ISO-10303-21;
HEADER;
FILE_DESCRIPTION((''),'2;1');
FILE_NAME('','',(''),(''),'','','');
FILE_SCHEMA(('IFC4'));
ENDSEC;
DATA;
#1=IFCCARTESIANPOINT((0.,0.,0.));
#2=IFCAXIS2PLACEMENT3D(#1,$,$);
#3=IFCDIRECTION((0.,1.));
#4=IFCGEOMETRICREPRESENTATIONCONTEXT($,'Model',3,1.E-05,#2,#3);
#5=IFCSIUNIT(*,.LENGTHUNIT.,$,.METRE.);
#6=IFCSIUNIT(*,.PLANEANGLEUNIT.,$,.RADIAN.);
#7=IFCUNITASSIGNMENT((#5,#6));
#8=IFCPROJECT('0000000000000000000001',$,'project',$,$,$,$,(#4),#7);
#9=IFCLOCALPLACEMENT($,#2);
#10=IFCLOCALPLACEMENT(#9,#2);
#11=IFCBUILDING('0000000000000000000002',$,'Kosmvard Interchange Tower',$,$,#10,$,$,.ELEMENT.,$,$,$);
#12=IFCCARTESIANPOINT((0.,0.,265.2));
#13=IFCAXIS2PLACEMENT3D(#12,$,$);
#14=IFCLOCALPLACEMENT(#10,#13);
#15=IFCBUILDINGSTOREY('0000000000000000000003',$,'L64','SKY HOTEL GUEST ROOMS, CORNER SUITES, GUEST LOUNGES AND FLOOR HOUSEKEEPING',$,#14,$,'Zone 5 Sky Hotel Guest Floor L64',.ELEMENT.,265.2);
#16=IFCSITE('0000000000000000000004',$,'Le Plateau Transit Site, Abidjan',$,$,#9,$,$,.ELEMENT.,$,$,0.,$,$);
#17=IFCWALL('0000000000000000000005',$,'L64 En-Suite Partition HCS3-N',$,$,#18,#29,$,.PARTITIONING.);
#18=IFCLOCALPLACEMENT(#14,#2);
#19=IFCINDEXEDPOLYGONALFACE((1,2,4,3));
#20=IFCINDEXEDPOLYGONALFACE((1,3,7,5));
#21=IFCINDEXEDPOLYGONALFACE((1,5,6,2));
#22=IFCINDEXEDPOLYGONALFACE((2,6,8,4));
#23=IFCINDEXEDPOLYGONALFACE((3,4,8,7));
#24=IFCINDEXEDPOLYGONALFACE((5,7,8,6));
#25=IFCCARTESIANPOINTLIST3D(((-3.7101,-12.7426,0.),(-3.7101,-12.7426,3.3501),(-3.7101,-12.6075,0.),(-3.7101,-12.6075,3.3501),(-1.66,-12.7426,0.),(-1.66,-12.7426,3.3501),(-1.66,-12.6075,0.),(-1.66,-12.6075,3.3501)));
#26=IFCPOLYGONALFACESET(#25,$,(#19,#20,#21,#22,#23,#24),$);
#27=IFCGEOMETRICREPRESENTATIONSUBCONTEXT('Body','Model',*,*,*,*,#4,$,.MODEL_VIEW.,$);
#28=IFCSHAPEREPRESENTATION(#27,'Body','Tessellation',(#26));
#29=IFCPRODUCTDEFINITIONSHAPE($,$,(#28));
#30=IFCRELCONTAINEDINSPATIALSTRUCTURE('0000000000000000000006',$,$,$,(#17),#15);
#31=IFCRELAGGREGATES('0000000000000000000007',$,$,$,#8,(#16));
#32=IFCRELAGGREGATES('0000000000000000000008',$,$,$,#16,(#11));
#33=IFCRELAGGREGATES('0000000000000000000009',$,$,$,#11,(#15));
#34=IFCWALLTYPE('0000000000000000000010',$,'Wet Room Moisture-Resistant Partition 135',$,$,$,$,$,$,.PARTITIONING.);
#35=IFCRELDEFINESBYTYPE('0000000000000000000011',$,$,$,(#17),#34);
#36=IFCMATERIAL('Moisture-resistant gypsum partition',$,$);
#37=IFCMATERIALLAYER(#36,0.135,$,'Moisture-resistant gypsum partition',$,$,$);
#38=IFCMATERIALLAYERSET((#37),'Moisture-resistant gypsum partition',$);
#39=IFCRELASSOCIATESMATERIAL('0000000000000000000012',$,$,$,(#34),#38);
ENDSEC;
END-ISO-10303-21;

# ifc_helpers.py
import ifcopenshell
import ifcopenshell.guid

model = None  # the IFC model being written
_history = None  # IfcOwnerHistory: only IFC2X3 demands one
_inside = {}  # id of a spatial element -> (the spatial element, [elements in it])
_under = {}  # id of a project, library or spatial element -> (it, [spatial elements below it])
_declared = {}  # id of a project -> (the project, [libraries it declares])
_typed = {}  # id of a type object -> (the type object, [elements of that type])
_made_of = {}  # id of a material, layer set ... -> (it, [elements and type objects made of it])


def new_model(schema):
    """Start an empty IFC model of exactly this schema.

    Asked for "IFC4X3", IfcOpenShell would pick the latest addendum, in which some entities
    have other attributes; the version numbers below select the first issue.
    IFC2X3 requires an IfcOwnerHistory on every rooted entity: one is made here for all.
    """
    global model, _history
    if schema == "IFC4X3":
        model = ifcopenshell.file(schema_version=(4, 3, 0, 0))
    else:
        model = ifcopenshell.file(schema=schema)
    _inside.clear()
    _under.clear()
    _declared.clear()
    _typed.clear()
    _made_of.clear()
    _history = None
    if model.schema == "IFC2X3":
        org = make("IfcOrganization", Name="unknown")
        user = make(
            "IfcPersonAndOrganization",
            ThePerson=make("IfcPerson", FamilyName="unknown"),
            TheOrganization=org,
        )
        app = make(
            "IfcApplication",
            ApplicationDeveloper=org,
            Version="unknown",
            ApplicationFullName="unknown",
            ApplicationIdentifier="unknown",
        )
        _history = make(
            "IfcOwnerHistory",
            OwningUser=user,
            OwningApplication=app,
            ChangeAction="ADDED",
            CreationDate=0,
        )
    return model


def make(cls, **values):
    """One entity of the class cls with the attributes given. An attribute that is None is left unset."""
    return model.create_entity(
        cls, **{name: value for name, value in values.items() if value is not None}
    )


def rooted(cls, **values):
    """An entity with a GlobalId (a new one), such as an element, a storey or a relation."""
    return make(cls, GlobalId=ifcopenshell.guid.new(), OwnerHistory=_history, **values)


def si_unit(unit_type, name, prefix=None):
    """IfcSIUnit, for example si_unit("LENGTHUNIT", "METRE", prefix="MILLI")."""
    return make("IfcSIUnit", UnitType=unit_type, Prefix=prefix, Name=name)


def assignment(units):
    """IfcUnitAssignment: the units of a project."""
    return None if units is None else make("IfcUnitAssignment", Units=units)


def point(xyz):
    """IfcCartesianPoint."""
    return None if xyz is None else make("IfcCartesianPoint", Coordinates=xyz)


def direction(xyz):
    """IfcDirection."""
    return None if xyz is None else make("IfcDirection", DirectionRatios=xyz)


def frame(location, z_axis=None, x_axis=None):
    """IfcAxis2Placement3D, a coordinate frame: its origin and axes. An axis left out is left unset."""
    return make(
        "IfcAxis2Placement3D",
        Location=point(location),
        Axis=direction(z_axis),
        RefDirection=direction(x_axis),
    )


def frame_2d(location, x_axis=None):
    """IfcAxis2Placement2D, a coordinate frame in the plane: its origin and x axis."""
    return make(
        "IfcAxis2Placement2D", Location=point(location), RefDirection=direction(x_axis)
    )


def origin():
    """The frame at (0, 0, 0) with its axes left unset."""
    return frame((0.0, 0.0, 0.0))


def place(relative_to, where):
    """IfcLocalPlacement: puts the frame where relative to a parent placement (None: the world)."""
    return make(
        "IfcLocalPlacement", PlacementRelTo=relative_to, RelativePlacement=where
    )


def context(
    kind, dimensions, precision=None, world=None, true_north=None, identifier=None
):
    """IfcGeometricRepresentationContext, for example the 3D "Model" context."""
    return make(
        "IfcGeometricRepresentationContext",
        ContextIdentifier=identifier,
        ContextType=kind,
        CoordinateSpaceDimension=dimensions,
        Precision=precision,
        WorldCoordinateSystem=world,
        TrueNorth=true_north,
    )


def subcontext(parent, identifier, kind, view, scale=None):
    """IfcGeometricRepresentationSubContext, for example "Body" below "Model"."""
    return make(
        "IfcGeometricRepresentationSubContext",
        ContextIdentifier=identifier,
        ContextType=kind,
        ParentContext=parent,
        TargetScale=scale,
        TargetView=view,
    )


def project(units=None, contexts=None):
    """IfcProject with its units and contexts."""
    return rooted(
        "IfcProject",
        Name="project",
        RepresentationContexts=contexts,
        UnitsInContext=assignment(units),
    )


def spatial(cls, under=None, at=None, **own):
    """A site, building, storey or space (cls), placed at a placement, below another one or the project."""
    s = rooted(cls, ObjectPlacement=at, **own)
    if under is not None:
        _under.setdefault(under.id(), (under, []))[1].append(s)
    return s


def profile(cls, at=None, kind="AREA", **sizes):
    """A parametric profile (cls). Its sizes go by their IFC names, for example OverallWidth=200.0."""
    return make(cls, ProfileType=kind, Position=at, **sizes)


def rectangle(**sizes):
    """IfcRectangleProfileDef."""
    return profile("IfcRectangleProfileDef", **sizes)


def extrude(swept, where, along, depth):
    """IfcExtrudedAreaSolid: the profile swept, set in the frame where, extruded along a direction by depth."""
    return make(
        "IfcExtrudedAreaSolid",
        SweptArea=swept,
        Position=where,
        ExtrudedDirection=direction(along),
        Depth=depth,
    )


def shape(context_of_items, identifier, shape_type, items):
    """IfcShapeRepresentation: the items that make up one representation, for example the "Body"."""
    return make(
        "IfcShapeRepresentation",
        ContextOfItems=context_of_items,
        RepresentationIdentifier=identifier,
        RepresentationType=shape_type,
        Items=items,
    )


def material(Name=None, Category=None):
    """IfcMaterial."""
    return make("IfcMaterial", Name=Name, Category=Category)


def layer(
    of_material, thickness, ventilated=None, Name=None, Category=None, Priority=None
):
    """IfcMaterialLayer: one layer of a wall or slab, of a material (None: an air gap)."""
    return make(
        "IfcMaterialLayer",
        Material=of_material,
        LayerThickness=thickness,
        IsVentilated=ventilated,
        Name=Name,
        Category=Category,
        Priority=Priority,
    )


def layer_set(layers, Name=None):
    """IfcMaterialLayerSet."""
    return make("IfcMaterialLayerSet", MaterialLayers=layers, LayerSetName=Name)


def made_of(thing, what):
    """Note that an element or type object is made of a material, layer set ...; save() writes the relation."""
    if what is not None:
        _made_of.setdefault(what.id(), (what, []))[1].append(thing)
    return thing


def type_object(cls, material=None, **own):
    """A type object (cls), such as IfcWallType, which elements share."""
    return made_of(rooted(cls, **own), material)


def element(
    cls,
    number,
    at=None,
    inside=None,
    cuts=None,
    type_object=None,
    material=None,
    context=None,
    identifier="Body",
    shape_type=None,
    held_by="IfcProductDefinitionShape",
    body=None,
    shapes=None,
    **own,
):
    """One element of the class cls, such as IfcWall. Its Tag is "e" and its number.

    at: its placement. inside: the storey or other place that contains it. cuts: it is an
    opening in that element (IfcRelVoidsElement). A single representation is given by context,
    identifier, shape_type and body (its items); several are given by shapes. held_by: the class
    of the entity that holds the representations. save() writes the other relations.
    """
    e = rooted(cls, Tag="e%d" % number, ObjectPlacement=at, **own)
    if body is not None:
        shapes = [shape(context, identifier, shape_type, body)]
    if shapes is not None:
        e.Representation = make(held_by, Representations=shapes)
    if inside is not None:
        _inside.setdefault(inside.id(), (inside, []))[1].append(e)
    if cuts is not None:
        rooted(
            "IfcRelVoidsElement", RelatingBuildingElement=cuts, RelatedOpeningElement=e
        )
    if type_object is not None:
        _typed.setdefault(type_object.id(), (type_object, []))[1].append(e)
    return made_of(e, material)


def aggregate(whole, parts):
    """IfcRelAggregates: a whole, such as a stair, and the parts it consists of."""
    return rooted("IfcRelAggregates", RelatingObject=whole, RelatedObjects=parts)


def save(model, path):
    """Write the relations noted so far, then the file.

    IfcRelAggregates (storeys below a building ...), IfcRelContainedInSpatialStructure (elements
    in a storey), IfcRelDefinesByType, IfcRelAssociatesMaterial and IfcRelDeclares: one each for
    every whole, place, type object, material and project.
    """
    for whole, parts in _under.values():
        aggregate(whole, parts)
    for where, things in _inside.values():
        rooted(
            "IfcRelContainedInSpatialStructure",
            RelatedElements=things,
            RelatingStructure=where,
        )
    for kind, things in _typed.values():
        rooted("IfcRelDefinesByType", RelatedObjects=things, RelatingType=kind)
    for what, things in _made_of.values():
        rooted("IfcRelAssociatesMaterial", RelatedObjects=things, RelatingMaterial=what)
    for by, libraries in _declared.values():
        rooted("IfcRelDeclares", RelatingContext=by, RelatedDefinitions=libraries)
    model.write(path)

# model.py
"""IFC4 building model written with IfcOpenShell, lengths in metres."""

from ifc_helpers import new_model, si_unit, direction, frame, frame_2d, origin, place, context, subcontext, project, spatial, rectangle, extrude, material, layer, layer_set, type_object, element, save


model = new_model("IFC4")

# Units and contexts
model_context = context("Model", 3, precision=1e-05, world=origin(), true_north=direction((0.0, 1.0)))
body_context = subcontext(model_context, "Body", "Model", "MODEL_VIEW")
ifc_project = project(units=[si_unit("LENGTHUNIT", "METRE"), si_unit("PLANEANGLEUNIT", "RADIAN")], contexts=[model_context])

# Site, building, storey
site_placement = place(None, origin())
site = spatial("IfcSite", under=ifc_project, at=site_placement, Name="Le Plateau Transit Site, Abidjan", CompositionType="ELEMENT", RefElevation=0.0)
building_placement = place(site_placement, origin())
building = spatial("IfcBuilding", under=site, at=building_placement, Name="Kosmvard Interchange Tower", CompositionType="ELEMENT")
storey_placement = place(building_placement, frame((0.0, 0.0, 265.2)))
storey = spatial("IfcBuildingStorey", under=building, at=storey_placement, Name="L64", Description="SKY HOTEL GUEST ROOMS, CORNER SUITES, GUEST LOUNGES AND FLOOR HOUSEKEEPING", LongName="Zone 5 Sky Hotel Guest Floor L64", CompositionType="ELEMENT", Elevation=265.2)

# Wall
ifc_material_1 = material(Name="Moisture-resistant gypsum partition")
ifc_layer_1 = layer(ifc_material_1, 0.135, Name="Moisture-resistant gypsum partition")
ifc_layer_set_1 = layer_set([ifc_layer_1], Name="Moisture-resistant gypsum partition")
wall_type_1 = type_object("IfcWallType", Name="Wet Room Moisture-Resistant Partition 135", PredefinedType="PARTITIONING", material=ifc_layer_set_1)
wall_1_placement = place(storey_placement, frame((-3.71, -12.675, 0.0), z_axis=(0.0, 0.0, 1.0), x_axis=(1.0, 0.0, 0.0)))
element("IfcWall", 1, at=wall_1_placement, inside=storey, type_object=wall_type_1, Name="L64 En-Suite Partition HCS3-N", PredefinedType="PARTITIONING", context=body_context, shape_type="SweptSolid", body=[
    extrude(rectangle(XDim=2.05, YDim=0.135, at=frame_2d((1.0249, 0.0))), origin(), (0.0, 0.0, 1.0), 3.3501),
])

save(model, "model.ifc")
